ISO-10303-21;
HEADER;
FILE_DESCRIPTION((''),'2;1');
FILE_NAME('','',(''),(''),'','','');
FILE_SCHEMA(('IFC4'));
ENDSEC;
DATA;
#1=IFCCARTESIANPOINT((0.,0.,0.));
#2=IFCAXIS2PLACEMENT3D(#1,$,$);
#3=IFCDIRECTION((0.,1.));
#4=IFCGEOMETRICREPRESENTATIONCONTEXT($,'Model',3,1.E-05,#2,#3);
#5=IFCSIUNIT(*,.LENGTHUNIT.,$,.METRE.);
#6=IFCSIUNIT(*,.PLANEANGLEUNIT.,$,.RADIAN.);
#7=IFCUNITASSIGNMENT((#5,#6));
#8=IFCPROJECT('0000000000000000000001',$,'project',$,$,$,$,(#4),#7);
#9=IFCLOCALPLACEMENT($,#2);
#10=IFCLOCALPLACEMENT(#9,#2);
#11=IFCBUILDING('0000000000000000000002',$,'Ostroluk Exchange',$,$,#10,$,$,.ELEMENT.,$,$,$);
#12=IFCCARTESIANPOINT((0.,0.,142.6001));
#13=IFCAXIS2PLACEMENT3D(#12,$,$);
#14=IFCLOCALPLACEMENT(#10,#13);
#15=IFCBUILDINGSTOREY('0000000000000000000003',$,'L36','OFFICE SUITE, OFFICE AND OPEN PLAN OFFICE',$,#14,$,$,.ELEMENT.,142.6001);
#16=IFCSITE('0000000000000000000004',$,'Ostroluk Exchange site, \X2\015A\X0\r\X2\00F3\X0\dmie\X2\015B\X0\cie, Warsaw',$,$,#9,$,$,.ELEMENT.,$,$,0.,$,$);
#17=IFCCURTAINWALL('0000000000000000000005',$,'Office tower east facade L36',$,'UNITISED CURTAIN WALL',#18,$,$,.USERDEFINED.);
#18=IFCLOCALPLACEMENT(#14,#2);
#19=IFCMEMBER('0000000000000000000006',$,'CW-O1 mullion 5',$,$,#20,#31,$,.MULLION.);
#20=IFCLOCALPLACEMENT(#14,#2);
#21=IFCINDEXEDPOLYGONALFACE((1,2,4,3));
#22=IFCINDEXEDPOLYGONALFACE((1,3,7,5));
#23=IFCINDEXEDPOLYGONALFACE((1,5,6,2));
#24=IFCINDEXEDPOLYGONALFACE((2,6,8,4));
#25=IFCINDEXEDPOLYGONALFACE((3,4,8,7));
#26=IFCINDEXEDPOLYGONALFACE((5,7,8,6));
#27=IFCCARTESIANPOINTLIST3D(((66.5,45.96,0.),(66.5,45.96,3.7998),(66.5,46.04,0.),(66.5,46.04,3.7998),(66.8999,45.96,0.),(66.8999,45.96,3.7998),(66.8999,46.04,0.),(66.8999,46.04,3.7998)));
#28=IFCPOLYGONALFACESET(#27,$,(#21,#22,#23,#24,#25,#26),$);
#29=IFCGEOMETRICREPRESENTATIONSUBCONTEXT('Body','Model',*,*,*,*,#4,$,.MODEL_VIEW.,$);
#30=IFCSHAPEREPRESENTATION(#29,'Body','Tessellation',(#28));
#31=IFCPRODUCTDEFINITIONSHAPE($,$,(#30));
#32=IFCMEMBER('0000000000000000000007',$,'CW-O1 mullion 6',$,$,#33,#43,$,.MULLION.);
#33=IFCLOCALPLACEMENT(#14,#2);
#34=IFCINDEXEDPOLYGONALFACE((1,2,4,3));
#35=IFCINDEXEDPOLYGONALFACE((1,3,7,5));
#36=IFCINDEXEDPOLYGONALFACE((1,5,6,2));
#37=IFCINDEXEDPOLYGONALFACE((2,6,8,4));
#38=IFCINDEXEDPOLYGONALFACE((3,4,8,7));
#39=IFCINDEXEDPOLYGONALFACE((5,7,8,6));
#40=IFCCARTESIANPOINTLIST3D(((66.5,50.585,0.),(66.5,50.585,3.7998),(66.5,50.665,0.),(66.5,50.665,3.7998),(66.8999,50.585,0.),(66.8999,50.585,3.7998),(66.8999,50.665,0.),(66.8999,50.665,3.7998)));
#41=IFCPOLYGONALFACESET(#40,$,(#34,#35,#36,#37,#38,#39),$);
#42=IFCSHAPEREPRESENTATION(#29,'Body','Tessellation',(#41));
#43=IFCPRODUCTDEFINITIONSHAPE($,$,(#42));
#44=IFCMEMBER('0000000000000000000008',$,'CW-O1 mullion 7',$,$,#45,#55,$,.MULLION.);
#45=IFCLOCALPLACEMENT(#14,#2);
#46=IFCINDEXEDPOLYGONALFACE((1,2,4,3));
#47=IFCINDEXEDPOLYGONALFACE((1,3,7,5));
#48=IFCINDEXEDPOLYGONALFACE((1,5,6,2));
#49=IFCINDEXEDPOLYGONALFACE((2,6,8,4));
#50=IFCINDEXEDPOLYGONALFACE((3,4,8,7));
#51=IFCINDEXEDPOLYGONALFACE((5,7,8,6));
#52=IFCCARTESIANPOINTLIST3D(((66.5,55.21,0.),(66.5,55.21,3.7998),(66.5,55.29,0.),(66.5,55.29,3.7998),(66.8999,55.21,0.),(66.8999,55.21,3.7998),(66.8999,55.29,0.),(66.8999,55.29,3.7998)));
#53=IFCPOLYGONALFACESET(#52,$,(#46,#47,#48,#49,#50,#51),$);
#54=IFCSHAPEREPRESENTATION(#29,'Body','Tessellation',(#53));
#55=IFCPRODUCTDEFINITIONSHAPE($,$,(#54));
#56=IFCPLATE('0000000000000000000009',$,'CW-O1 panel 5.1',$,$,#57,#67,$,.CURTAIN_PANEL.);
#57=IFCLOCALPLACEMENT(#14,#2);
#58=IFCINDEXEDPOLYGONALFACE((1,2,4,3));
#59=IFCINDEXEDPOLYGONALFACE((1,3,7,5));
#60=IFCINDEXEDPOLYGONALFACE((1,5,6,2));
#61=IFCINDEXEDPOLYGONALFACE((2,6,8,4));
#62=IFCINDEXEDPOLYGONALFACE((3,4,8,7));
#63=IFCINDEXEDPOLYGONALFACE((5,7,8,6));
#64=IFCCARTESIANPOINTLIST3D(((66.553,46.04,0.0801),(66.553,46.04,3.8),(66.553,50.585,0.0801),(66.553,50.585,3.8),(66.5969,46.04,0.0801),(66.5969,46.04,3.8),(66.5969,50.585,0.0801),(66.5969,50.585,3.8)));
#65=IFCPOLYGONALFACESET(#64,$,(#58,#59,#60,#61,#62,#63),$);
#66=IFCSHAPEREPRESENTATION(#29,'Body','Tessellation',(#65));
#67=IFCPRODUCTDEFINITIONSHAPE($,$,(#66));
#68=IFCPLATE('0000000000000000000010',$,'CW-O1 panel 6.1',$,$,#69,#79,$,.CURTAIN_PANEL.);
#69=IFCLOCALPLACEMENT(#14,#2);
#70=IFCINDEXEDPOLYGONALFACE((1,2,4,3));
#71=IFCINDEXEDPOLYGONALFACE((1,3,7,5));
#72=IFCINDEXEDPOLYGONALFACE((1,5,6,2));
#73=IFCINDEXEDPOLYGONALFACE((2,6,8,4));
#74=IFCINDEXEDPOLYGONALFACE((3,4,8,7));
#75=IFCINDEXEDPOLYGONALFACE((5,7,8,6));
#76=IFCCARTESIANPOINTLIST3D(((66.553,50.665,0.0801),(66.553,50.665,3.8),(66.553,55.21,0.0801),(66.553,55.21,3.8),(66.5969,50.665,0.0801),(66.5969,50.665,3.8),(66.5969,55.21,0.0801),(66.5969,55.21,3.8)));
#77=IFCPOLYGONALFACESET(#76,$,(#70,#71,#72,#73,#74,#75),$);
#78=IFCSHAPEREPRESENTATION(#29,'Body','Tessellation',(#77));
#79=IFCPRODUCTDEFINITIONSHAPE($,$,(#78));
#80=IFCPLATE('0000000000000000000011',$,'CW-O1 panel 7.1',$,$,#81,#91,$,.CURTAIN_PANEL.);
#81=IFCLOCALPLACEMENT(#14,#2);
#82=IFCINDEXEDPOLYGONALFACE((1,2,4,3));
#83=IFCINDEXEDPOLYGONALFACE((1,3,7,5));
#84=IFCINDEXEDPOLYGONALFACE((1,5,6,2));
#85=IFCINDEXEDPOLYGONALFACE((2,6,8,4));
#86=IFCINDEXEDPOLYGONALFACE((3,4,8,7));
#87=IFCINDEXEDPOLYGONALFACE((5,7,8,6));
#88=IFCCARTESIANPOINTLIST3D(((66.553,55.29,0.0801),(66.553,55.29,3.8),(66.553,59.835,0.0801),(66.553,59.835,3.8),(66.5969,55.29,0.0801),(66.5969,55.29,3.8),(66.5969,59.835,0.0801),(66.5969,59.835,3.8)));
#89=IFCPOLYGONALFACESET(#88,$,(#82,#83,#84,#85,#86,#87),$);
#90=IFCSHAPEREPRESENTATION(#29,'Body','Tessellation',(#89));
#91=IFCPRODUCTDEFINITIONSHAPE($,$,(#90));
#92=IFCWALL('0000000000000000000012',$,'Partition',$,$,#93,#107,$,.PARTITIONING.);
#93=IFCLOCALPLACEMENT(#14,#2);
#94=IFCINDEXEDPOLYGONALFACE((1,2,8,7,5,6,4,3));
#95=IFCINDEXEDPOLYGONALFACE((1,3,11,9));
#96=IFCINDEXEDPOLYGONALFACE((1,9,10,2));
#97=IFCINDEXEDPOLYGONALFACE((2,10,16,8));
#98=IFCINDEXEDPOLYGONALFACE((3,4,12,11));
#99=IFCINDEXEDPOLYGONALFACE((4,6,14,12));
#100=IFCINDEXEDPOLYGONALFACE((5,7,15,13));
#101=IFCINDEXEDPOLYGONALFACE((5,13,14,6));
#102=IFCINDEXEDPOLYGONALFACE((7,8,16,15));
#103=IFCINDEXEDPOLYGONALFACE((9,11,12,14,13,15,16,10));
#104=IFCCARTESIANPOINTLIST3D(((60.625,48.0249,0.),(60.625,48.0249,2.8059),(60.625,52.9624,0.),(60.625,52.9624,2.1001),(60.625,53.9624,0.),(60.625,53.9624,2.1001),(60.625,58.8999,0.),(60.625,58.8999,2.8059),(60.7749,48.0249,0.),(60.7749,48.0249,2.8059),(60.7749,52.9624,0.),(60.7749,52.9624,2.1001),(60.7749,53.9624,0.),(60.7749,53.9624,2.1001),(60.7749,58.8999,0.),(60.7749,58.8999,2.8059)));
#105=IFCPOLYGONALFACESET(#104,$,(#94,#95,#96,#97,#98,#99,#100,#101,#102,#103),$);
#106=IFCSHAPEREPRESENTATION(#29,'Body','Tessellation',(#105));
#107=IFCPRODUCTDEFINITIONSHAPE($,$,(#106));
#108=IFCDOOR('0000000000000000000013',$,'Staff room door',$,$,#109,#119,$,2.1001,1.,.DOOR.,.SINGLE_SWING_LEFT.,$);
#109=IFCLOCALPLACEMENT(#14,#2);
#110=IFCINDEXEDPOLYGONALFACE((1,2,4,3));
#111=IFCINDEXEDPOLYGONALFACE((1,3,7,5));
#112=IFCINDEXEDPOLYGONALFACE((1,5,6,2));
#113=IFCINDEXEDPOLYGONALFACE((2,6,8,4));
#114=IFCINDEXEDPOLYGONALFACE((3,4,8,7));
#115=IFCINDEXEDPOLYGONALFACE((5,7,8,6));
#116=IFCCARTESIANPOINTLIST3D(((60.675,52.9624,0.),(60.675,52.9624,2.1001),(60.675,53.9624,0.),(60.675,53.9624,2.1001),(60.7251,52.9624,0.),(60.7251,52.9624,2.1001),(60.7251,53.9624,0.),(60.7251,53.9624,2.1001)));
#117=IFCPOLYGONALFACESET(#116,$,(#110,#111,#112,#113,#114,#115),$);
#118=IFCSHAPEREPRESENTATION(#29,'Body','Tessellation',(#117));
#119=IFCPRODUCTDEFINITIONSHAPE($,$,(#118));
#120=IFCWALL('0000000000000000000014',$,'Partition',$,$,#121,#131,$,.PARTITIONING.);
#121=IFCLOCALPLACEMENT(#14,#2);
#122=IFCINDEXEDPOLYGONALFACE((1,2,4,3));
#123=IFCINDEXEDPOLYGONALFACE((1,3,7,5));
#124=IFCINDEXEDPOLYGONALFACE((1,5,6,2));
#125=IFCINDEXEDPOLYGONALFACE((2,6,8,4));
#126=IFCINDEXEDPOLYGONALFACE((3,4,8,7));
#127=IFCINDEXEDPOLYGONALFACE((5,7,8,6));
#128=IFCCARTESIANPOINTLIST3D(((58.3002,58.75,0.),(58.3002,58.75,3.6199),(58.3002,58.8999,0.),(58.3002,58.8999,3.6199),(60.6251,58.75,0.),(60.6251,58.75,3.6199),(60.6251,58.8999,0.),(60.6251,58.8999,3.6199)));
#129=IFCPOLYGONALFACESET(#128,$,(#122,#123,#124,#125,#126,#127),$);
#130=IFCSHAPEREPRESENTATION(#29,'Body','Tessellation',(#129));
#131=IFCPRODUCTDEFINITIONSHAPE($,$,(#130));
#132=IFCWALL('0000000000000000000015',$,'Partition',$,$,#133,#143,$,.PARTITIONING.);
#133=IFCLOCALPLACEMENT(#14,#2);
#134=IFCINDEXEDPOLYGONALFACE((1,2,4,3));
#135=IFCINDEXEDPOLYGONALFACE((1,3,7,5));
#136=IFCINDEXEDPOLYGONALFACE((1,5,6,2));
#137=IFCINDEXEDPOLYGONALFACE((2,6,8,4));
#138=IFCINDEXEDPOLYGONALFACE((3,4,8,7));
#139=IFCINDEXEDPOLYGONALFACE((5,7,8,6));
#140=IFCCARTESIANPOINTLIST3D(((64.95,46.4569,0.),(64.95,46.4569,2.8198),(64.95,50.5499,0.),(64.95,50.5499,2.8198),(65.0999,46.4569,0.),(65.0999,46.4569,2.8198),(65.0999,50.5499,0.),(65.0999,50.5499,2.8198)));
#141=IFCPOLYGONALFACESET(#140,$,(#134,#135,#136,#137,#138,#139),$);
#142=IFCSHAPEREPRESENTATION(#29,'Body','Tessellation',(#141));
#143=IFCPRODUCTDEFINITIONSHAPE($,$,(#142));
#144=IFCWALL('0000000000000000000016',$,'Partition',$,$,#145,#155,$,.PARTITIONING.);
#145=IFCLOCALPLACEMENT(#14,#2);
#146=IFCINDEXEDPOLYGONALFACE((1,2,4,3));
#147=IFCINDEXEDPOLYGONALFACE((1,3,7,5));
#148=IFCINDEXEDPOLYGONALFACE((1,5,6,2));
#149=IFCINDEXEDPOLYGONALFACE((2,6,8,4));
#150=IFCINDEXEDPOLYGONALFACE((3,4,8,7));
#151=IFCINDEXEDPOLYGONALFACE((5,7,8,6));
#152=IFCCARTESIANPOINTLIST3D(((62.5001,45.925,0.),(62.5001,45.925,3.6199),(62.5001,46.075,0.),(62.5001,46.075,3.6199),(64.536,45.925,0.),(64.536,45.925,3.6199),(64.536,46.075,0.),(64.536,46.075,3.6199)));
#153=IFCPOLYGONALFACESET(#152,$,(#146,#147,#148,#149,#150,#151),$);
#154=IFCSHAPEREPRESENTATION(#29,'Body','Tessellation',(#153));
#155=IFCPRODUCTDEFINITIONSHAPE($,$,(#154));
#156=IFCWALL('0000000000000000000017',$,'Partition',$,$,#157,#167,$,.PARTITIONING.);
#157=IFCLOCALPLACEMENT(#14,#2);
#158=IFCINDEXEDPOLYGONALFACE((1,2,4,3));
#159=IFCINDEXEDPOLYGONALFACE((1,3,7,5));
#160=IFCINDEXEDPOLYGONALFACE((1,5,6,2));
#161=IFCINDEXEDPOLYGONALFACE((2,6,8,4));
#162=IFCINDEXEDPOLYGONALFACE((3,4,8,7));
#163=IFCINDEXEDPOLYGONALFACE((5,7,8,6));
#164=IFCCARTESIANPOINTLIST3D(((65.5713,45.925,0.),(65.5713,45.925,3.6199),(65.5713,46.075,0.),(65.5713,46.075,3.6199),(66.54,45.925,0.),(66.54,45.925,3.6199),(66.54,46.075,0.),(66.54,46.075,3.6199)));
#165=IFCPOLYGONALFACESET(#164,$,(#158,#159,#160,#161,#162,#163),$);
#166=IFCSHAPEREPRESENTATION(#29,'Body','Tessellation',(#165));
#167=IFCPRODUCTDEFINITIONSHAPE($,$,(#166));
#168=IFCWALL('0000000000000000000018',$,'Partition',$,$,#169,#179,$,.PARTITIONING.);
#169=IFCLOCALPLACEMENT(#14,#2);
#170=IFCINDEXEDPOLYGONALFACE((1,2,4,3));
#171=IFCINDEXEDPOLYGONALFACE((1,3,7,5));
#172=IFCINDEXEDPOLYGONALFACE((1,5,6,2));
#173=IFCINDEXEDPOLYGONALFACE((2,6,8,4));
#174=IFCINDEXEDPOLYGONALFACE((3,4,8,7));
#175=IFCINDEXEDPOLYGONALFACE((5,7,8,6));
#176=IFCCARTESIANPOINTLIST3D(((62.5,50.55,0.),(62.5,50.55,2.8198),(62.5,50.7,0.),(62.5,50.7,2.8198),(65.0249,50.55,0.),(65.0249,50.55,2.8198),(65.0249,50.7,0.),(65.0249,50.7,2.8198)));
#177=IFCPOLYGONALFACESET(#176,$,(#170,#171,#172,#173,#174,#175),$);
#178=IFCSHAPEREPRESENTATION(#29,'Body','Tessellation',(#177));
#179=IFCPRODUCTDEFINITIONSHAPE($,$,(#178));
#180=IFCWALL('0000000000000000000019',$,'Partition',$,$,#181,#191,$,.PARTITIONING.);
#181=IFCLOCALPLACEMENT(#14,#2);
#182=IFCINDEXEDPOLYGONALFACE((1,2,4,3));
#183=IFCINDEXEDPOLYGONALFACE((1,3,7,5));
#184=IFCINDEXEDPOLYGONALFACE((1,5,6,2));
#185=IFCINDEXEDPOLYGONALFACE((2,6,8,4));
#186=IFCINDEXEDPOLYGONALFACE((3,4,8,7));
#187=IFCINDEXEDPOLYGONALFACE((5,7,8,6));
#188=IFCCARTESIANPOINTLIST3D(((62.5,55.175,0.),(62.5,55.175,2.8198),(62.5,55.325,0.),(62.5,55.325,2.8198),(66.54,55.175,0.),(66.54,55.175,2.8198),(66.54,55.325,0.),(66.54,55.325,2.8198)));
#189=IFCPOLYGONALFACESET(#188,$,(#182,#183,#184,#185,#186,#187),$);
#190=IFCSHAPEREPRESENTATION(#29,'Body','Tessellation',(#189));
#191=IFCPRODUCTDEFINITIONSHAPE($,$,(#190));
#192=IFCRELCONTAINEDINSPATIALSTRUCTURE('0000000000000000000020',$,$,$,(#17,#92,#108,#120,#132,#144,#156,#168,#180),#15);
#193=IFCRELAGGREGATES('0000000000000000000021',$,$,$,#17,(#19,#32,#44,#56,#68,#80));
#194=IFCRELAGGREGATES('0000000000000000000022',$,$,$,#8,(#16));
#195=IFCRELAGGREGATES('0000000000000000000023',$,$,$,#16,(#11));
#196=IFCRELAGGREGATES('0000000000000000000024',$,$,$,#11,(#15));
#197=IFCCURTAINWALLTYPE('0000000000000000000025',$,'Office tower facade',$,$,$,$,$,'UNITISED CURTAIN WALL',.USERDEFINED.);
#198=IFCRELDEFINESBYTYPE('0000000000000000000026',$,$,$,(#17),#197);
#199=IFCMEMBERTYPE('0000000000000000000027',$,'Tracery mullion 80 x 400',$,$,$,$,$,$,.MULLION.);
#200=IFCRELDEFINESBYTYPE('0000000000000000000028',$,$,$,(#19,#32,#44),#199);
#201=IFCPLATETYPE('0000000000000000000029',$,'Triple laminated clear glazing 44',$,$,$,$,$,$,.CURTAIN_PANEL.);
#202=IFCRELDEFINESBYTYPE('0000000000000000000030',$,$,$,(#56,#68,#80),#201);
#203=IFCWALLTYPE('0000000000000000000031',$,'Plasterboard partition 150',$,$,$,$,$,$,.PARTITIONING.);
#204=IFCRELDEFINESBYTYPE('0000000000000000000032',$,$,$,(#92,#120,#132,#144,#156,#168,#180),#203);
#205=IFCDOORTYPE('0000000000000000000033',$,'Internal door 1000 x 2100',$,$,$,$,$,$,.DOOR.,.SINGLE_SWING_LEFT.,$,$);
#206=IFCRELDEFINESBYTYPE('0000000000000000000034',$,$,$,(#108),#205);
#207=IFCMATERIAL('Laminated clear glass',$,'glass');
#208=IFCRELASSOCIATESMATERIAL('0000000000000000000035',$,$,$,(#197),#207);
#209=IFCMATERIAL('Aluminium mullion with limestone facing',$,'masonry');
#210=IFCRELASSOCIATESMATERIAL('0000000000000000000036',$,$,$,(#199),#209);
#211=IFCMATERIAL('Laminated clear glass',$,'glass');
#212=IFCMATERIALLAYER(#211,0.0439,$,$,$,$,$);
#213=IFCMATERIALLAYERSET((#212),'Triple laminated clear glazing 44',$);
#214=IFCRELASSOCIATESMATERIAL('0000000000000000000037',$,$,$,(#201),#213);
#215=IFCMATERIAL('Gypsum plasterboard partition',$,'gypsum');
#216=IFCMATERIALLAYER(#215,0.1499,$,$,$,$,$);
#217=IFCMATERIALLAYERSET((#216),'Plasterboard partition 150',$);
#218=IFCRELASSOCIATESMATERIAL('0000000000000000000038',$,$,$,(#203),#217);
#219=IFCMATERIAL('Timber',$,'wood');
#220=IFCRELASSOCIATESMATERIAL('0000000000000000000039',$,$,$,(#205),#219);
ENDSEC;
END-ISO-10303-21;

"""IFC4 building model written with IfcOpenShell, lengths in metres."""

from ifc_helpers import new_model, si_unit, direction, frame, frame_2d, origin, origin_2d, place, context, subcontext, project, spatial, rectangle, extrude, material, layer, layer_set, material_profile, profile_set, type_object, element, fill, aggregate, save


model = new_model("IFC4")

# Units and contexts
model_context = context("Model", 3, precision=1e-05, world=origin(), true_north=direction((0.0, 1.0)))
body_context = subcontext(model_context, "Body", "Model", "MODEL_VIEW")
ifc_project = project(units=[si_unit("LENGTHUNIT", "METRE"), si_unit("PLANEANGLEUNIT", "RADIAN")], contexts=[model_context])

# Site, building, storey
site_placement = place(None, origin())
site = spatial("IfcSite", under=ifc_project, at=site_placement, Name="Ostroluk Exchange site, Śródmieście, Warsaw", CompositionType="ELEMENT", RefElevation=0.0)
building_placement = place(site_placement, origin())
building = spatial("IfcBuilding", under=site, at=building_placement, Name="Ostroluk Exchange", CompositionType="ELEMENT")
storey_placement = place(building_placement, frame((0.0, 0.0, 142.6001)))
storey = spatial("IfcBuildingStorey", under=building, at=storey_placement, Name="L36", Description="OFFICE SUITE, OFFICE AND OPEN PLAN OFFICE", CompositionType="ELEMENT", Elevation=142.6001)

# Curtain wall, members, plates
ifc_material_1 = material(Name="Laminated clear glass", Category="glass")
curtain_wall_type = type_object("IfcCurtainWallType", Name="Office tower facade", ElementType="UNITISED CURTAIN WALL", PredefinedType="USERDEFINED", material=ifc_material_1)
curtain_wall_placement = place(storey_placement, origin())
curtain_wall = element("IfcCurtainWall", 1, at=curtain_wall_placement, inside=storey, type_object=curtain_wall_type, Name="Office tower east facade L36", ObjectType="UNITISED CURTAIN WALL", PredefinedType="USERDEFINED")
ifc_material_2 = material(Name="Aluminium mullion with limestone facing", Category="masonry")
ifc_material_profile_1 = material_profile(ifc_material_2, rectangle(XDim=0.3999, YDim=0.0801, at=origin_2d()), Name="Tracery mullion 80 x 400")
ifc_profile_set_1 = profile_set([ifc_material_profile_1], Name="Aluminium mullion with limestone facing")
member_type_1 = type_object("IfcMemberType", Name="Tracery mullion 80 x 400", PredefinedType="MULLION", material=ifc_profile_set_1)
member_1_placement = place(storey_placement, frame((66.7, 46.0, 0.0), z_axis=(0.0, 0.0, 1.0), x_axis=(-1.0, 0.0, 0.0)))
member_1 = element("IfcMember", 2, at=member_1_placement, type_object=member_type_1, Name="CW-O1 mullion 5", PredefinedType="MULLION", context=body_context, shape_type="SweptSolid", body=[
    extrude(rectangle(XDim=0.3999, YDim=0.0801, at=origin_2d()), origin(), (0.0, 0.0, 1.0), 3.7998),
])
member_2_placement = place(storey_placement, frame((66.7, 50.625, 0.0), z_axis=(0.0, 0.0, 1.0), x_axis=(-1.0, 0.0, 0.0)))
member_2 = element("IfcMember", 3, at=member_2_placement, type_object=member_type_1, Name="CW-O1 mullion 6", PredefinedType="MULLION", context=body_context, shape_type="SweptSolid", body=[
    extrude(rectangle(XDim=0.3999, YDim=0.0801, at=origin_2d()), origin(), (0.0, 0.0, 1.0), 3.7998),
])
member_3_placement = place(storey_placement, frame((66.7, 55.25, 0.0), z_axis=(0.0, 0.0, 1.0), x_axis=(-1.0, 0.0, 0.0)))
member_3 = element("IfcMember", 4, at=member_3_placement, type_object=member_type_1, Name="CW-O1 mullion 7", PredefinedType="MULLION", context=body_context, shape_type="SweptSolid", body=[
    extrude(rectangle(XDim=0.3999, YDim=0.0801, at=origin_2d()), origin(), (0.0, 0.0, 1.0), 3.7998),
])
ifc_material_3 = material(Name="Laminated clear glass", Category="glass")
ifc_layer_1 = layer(ifc_material_3, 0.0439)
ifc_layer_set_1 = layer_set([ifc_layer_1], Name="Triple laminated clear glazing 44")
plate_type = type_object("IfcPlateType", Name="Triple laminated clear glazing 44", PredefinedType="CURTAIN_PANEL", material=ifc_layer_set_1)
plate_1_placement = place(storey_placement, frame((66.575, 48.3125, 0.0801), z_axis=(0.0, 0.0, 1.0), x_axis=(0.0, 1.0, 0.0)))
plate_1 = element("IfcPlate", 5, at=plate_1_placement, type_object=plate_type, Name="CW-O1 panel 5.1", PredefinedType="CURTAIN_PANEL", context=body_context, shape_type="SweptSolid", body=[
    extrude(rectangle(XDim=4.5449, YDim=0.0439, at=origin_2d()), origin(), (0.0, 0.0, 1.0), 3.72),
])
plate_2_placement = place(storey_placement, frame((66.575, 52.9375, 0.0801), z_axis=(0.0, 0.0, 1.0), x_axis=(0.0, 1.0, 0.0)))
plate_2 = element("IfcPlate", 6, at=plate_2_placement, type_object=plate_type, Name="CW-O1 panel 6.1", PredefinedType="CURTAIN_PANEL", context=body_context, shape_type="SweptSolid", body=[
    extrude(rectangle(XDim=4.5449, YDim=0.0439, at=origin_2d()), origin(), (0.0, 0.0, 1.0), 3.72),
])
plate_3_placement = place(storey_placement, frame((66.575, 57.5625, 0.0801), z_axis=(0.0, 0.0, 1.0), x_axis=(0.0, 1.0, 0.0)))
plate_3 = element("IfcPlate", 7, at=plate_3_placement, type_object=plate_type, Name="CW-O1 panel 7.1", PredefinedType="CURTAIN_PANEL", context=body_context, shape_type="SweptSolid", body=[
    extrude(rectangle(XDim=4.5449, YDim=0.0439, at=origin_2d()), origin(), (0.0, 0.0, 1.0), 3.72),
])
aggregate(curtain_wall, [member_1, member_2, member_3, plate_1, plate_2, plate_3])

# Wall, opening, door
ifc_material_4 = material(Name="Gypsum plasterboard partition", Category="gypsum")
ifc_layer_2 = layer(ifc_material_4, 0.1499)
ifc_layer_set_2 = layer_set([ifc_layer_2], Name="Plasterboard partition 150")
wall_type = type_object("IfcWallType", Name="Plasterboard partition 150", PredefinedType="PARTITIONING", material=ifc_layer_set_2)
wall_1_placement = place(storey_placement, frame((60.7, 48.0249, 0.0), z_axis=(0.0, 0.0, 1.0), x_axis=(0.0, 1.0, 0.0)))
wall_1 = element("IfcWall", 8, at=wall_1_placement, inside=storey, type_object=wall_type, Name="Partition", PredefinedType="PARTITIONING", context=body_context, shape_type="SweptSolid", body=[
    extrude(rectangle(XDim=10.875, YDim=0.1499, at=frame_2d((5.4375, 0.0))), origin(), (0.0, 0.0, 1.0), 2.8059),
])
opening_placement = place(wall_1_placement, frame((4.9375, 0.0, 0.0)))
opening = element("IfcOpeningElement", 9, at=opening_placement, cuts=wall_1, PredefinedType="OPENING", context=body_context, shape_type="SweptSolid", body=[
    extrude(rectangle(XDim=1.0, YDim=2.1001, at=frame_2d((0.5, 1.05))), frame((0.0, 0.085, 0.0), z_axis=(0.0, -1.0, 0.0), x_axis=(1.0, 0.0, 0.0)), (0.0, 0.0, 1.0), 0.1699),
])
ifc_material_5 = material(Name="Timber", Category="wood")
door_type = type_object("IfcDoorType", Name="Internal door 1000 x 2100", OperationType="SINGLE_SWING_LEFT", PredefinedType="DOOR", material=ifc_material_5)
door_placement = place(opening_placement, origin())
door = element("IfcDoor", 10, at=door_placement, inside=storey, type_object=door_type, Name="Staff room door", OperationType="SINGLE_SWING_LEFT", OverallHeight=2.1001, OverallWidth=1.0, PredefinedType="DOOR", context=body_context, shape_type="SweptSolid", body=[
    extrude(rectangle(XDim=1.0, YDim=2.1001, at=frame_2d((0.5, 1.05))), frame((0.0, 0.0249, 0.0), z_axis=(0.0, -1.0, 0.0), x_axis=(1.0, 0.0, 0.0)), (0.0, 0.0, 1.0), 0.05),
])
fill(opening, door)

# Walls
wall_2_placement = place(storey_placement, frame((58.3, 58.825, 0.0), z_axis=(0.0, 0.0, 1.0), x_axis=(1.0, 0.0, 0.0)))
element("IfcWall", 11, at=wall_2_placement, inside=storey, type_object=wall_type, Name="Partition", PredefinedType="PARTITIONING", context=body_context, shape_type="SweptSolid", body=[
    extrude(rectangle(XDim=2.325, YDim=0.1499, at=frame_2d((1.1626, 0.0))), origin(), (0.0, 0.0, 1.0), 3.6199),
])
wall_3_placement = place(storey_placement, frame((65.0249, 46.457, 0.0), z_axis=(0.0, 0.0, 1.0), x_axis=(0.0, 1.0, 0.0)))
element("IfcWall", 12, at=wall_3_placement, inside=storey, type_object=wall_type, Name="Partition", PredefinedType="PARTITIONING", context=body_context, shape_type="SweptSolid", body=[
    extrude(rectangle(XDim=4.093, YDim=0.1499, at=frame_2d((2.0464, 0.0))), origin(), (0.0, 0.0, 1.0), 2.8198),
])
wall_4_placement = place(storey_placement, frame((62.5, 46.0, 0.0), z_axis=(0.0, 0.0, 1.0), x_axis=(1.0, 0.0, 0.0)))
element("IfcWall", 13, at=wall_4_placement, inside=storey, type_object=wall_type, Name="Partition", PredefinedType="PARTITIONING", context=body_context, shape_type="SweptSolid", body=[
    extrude(rectangle(XDim=2.0359, YDim=0.1499, at=frame_2d((1.0181, 0.0))), origin(), (0.0, 0.0, 1.0), 3.6199),
])
wall_5_placement = place(storey_placement, frame((65.5713, 46.0, 0.0), z_axis=(0.0, 0.0, 1.0), x_axis=(1.0, 0.0, 0.0)))
element("IfcWall", 14, at=wall_5_placement, inside=storey, type_object=wall_type, Name="Partition", PredefinedType="PARTITIONING", context=body_context, shape_type="SweptSolid", body=[
    extrude(rectangle(XDim=0.9688, YDim=0.1499, at=frame_2d((0.4844, 0.0))), origin(), (0.0, 0.0, 1.0), 3.6199),
])
wall_6_placement = place(storey_placement, frame((62.5, 50.625, 0.0), z_axis=(0.0, 0.0, 1.0), x_axis=(1.0, 0.0, 0.0)))
element("IfcWall", 15, at=wall_6_placement, inside=storey, type_object=wall_type, Name="Partition", PredefinedType="PARTITIONING", context=body_context, shape_type="SweptSolid", body=[
    extrude(rectangle(XDim=2.5249, YDim=0.1499, at=frame_2d((1.2625, 0.0))), origin(), (0.0, 0.0, 1.0), 2.8198),
])
wall_7_placement = place(storey_placement, frame((62.5, 55.25, 0.0), z_axis=(0.0, 0.0, 1.0), x_axis=(1.0, 0.0, 0.0)))
element("IfcWall", 16, at=wall_7_placement, inside=storey, type_object=wall_type, Name="Partition", PredefinedType="PARTITIONING", context=body_context, shape_type="SweptSolid", body=[
    extrude(rectangle(XDim=4.04, YDim=0.1499, at=frame_2d((2.02, 0.0))), origin(), (0.0, 0.0, 1.0), 2.8198),
])

save(model, "model.ifc")
